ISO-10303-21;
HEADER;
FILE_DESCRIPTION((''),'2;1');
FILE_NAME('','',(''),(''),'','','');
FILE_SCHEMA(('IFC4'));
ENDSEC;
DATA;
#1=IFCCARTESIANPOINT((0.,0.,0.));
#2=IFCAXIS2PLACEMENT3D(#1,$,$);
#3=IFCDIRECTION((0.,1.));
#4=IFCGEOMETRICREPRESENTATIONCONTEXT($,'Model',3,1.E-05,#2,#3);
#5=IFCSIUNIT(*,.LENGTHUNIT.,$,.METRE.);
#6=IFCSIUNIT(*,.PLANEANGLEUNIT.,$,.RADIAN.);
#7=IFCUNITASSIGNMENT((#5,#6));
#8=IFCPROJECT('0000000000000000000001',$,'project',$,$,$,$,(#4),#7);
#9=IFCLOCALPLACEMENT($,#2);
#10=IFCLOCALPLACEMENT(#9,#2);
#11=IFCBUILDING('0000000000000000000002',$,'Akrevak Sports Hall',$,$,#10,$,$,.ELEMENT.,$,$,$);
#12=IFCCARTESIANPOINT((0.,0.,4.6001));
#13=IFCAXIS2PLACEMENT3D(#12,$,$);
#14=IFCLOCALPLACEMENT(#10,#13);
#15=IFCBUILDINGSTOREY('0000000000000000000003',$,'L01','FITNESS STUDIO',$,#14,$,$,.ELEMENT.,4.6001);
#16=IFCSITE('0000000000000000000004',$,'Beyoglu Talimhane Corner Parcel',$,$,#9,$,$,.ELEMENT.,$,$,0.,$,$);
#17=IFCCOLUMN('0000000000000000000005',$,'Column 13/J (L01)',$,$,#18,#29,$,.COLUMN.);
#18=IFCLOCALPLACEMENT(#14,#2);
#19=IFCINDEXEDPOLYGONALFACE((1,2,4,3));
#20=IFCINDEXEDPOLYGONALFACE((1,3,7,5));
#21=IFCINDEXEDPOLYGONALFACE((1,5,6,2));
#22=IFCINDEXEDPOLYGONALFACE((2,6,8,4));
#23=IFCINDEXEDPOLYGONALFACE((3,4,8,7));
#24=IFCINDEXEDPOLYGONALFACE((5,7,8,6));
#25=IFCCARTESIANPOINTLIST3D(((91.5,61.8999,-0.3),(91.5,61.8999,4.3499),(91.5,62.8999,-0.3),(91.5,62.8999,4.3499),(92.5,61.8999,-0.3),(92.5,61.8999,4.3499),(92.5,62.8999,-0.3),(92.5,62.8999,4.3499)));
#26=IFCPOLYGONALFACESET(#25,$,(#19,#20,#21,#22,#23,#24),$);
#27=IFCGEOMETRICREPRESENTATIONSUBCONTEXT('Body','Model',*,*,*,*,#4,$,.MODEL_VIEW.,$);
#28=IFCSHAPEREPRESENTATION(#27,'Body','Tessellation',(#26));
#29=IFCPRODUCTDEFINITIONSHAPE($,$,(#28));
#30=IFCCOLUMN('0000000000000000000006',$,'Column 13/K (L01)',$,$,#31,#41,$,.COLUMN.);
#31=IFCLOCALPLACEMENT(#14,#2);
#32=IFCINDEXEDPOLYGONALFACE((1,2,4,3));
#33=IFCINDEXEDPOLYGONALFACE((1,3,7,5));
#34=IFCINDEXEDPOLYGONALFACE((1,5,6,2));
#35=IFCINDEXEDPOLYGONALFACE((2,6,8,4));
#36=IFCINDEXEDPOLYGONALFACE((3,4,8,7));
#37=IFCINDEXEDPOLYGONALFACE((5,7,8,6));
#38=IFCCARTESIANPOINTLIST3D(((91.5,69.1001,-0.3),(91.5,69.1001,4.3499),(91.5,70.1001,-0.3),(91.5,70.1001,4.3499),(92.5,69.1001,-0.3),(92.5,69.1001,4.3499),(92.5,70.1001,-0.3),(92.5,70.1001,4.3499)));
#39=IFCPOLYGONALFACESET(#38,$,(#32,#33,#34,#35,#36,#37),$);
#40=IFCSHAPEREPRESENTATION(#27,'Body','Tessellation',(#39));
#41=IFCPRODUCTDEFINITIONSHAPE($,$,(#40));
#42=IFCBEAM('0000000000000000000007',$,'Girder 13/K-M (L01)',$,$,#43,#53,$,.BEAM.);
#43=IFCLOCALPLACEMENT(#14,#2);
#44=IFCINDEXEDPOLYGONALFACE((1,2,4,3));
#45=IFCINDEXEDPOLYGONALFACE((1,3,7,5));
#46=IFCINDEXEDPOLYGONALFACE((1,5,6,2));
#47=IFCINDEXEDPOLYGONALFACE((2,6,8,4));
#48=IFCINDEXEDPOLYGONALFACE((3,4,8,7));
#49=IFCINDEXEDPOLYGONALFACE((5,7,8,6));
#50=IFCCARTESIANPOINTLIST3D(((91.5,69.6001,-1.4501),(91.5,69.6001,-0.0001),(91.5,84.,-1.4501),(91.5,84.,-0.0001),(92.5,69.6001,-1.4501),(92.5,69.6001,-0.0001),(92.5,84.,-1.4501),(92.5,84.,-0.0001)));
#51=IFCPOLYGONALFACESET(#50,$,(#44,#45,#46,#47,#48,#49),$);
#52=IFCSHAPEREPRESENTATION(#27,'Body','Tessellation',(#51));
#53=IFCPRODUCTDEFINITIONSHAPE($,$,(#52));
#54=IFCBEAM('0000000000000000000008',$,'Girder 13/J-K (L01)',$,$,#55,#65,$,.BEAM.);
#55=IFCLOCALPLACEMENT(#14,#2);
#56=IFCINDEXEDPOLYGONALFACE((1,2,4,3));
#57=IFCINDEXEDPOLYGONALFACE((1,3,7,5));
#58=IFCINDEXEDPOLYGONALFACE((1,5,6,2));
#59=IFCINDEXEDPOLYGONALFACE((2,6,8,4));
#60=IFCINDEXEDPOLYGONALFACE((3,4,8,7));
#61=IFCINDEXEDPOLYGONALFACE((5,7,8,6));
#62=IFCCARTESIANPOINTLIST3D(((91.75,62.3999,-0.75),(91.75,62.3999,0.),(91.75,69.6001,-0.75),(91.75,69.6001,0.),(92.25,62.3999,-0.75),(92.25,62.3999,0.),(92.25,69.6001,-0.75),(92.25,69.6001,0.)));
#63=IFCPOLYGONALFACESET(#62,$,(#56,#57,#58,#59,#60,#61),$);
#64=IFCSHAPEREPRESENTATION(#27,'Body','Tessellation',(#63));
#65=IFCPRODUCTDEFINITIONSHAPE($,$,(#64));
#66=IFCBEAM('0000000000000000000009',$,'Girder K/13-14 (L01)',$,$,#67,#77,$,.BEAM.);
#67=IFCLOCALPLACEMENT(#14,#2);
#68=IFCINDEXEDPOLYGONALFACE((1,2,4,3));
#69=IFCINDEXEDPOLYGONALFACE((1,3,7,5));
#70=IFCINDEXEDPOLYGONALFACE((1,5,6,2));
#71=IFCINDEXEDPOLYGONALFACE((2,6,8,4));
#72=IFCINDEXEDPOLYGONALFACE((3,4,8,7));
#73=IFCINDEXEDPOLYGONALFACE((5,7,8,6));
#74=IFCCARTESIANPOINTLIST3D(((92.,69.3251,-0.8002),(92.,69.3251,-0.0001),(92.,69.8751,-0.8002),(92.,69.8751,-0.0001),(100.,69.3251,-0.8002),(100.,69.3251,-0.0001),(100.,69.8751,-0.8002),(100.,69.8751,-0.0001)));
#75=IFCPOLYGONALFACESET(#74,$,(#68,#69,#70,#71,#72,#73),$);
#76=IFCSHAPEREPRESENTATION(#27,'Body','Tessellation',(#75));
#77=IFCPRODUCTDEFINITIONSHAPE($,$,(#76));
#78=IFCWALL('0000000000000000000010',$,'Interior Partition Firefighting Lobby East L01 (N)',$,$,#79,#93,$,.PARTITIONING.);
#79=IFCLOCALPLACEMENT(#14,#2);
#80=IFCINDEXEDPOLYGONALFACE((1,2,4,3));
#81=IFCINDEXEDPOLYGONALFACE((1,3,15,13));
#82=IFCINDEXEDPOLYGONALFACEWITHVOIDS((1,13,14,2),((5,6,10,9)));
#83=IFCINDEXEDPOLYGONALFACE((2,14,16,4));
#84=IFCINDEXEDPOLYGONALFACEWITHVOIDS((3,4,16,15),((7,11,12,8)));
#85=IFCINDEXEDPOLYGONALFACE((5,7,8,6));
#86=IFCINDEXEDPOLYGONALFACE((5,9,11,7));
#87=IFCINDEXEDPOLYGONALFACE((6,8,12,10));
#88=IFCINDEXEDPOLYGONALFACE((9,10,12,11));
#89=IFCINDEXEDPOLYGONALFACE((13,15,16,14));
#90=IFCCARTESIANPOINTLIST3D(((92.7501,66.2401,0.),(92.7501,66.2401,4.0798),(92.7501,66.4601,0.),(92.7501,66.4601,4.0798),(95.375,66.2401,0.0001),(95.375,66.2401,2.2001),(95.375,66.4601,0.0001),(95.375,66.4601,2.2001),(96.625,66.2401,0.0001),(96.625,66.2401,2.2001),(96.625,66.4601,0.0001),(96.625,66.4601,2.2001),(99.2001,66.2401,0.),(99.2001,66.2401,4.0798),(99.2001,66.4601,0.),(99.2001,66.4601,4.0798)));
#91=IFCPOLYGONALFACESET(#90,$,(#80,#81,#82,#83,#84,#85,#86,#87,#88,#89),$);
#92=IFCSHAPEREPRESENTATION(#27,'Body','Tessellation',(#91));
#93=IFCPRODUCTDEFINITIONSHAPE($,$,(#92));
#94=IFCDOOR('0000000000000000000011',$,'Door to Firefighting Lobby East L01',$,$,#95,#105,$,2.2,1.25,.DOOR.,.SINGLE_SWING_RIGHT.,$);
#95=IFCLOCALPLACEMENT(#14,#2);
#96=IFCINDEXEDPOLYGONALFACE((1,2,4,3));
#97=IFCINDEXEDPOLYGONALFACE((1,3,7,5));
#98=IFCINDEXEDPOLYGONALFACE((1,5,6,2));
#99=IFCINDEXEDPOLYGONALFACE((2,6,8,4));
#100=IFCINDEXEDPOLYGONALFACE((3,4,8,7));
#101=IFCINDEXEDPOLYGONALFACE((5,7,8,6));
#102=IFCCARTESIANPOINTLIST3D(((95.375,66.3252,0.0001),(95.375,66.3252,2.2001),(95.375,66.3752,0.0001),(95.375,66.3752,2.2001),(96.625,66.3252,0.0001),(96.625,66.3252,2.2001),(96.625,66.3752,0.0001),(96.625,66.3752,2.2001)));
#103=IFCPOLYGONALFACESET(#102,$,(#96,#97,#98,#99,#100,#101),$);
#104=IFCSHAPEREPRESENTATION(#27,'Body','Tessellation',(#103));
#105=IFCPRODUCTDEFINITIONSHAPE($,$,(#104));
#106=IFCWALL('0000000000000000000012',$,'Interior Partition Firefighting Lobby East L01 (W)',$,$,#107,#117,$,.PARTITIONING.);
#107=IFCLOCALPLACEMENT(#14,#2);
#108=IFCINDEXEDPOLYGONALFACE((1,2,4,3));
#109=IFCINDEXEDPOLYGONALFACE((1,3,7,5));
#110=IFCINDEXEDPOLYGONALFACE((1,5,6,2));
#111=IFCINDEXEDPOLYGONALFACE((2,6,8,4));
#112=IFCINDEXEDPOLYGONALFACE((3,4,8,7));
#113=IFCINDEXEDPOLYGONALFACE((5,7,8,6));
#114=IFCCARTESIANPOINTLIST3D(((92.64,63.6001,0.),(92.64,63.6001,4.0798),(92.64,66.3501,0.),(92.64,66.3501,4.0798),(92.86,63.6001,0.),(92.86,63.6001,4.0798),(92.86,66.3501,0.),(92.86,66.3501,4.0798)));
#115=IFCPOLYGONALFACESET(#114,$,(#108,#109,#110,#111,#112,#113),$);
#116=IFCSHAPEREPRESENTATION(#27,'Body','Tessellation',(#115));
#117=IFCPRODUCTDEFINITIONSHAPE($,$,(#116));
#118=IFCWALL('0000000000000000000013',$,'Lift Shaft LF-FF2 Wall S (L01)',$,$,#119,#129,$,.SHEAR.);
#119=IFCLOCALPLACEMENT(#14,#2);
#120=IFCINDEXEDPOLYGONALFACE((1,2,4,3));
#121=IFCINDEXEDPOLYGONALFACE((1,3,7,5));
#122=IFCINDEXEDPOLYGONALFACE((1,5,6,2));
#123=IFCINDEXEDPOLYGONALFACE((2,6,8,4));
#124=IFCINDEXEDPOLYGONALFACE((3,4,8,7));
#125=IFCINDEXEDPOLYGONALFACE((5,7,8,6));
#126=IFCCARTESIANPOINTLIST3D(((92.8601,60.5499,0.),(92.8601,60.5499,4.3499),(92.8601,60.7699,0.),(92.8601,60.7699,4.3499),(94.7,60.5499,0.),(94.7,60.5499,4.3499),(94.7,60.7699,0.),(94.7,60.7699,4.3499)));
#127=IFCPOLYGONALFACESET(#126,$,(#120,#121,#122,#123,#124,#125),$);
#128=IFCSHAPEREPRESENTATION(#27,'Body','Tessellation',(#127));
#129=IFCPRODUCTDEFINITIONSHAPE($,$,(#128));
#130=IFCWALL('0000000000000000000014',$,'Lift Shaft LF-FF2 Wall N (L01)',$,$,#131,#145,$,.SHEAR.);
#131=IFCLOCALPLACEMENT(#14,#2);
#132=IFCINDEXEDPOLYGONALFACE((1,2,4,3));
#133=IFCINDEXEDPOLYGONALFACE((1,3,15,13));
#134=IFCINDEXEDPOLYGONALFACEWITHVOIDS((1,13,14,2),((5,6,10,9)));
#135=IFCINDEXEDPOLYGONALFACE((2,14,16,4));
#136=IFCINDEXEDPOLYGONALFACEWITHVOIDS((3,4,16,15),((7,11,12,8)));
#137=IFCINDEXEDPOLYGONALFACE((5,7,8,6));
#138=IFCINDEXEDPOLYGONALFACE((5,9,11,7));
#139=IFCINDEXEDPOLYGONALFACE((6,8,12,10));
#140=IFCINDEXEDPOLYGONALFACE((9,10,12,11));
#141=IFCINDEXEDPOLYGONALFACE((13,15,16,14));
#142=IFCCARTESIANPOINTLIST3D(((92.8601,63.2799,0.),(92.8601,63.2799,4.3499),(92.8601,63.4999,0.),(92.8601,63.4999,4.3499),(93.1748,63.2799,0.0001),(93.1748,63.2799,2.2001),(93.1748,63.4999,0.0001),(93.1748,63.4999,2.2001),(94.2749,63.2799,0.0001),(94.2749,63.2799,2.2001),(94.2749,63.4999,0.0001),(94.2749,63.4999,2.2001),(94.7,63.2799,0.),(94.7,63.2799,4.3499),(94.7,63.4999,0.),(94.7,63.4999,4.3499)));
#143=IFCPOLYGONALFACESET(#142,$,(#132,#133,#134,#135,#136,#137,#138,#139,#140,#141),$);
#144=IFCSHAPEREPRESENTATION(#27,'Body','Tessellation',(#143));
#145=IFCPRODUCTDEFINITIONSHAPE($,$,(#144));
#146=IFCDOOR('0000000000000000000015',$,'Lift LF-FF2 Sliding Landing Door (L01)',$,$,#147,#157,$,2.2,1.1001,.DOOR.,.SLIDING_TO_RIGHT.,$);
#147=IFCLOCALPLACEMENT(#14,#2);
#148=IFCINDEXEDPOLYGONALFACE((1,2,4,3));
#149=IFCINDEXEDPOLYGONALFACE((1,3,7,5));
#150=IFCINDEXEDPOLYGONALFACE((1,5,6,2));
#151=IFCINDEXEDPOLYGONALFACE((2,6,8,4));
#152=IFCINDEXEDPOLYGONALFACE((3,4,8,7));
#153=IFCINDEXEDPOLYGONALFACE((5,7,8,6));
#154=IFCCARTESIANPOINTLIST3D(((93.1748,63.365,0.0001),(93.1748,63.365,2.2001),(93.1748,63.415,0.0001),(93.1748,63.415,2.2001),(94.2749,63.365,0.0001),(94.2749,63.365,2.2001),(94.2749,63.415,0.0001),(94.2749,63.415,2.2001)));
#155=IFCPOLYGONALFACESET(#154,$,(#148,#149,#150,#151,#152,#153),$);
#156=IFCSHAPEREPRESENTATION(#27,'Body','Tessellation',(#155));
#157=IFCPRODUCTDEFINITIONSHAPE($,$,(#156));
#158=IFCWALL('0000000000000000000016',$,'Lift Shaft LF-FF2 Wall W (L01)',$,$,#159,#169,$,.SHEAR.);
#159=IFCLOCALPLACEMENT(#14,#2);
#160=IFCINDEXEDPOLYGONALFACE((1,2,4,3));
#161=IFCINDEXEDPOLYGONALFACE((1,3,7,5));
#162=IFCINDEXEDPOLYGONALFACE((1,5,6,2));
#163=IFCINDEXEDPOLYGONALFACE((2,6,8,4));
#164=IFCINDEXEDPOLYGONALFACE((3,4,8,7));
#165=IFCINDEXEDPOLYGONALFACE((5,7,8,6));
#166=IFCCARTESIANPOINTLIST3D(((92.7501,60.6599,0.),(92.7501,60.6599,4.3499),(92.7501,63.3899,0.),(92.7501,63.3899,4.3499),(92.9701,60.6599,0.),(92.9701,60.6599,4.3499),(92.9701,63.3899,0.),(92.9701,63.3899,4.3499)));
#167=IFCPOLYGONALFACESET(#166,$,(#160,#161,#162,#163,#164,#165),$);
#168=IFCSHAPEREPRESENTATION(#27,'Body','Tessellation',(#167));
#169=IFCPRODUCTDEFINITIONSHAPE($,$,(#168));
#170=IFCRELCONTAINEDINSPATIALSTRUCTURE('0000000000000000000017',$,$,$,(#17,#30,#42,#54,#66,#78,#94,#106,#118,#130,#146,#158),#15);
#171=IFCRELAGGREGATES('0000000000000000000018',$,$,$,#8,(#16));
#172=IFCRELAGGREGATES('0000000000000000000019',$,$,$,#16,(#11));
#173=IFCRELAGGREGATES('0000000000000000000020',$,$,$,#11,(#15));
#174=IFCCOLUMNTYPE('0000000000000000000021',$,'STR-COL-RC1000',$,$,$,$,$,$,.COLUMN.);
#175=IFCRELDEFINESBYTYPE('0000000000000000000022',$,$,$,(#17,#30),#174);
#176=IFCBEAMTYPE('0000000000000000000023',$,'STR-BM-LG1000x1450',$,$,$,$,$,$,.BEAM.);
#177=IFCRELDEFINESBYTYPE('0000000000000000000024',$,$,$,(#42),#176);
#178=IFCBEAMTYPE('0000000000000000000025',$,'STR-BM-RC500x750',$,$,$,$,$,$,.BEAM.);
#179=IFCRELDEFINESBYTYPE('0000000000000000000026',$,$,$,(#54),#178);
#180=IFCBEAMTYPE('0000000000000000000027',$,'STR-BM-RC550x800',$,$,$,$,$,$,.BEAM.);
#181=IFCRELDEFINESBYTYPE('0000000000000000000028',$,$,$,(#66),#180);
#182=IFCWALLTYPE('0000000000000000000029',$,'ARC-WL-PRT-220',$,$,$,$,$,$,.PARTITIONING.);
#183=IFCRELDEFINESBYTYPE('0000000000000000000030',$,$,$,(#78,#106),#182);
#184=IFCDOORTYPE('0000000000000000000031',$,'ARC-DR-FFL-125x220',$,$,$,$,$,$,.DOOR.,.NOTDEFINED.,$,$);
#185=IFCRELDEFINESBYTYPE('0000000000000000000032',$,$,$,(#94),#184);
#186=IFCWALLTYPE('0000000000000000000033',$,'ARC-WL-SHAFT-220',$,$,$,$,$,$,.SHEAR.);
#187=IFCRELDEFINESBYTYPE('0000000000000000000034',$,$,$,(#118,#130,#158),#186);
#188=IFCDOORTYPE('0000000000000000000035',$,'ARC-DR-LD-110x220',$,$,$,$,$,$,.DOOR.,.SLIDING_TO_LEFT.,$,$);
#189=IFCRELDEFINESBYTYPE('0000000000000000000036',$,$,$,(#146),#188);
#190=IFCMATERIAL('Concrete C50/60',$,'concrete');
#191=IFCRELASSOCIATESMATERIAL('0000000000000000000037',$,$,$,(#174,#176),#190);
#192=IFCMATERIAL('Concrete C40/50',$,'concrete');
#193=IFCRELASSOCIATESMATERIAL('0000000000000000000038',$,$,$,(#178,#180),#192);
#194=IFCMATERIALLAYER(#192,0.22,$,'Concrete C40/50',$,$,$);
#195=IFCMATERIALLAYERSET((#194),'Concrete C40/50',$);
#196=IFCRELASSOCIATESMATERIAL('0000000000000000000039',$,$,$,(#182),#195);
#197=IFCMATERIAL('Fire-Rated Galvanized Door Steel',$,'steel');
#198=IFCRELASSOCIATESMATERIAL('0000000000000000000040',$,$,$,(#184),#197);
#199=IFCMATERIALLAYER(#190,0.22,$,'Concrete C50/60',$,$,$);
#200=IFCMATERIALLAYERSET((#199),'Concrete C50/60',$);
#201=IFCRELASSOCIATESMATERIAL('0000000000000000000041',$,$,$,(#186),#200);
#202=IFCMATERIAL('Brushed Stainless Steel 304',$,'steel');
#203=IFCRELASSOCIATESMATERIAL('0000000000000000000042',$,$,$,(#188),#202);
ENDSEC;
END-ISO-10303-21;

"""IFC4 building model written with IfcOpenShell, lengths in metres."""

from ifc_helpers import new_model, si_unit, direction, frame, frame_2d, origin, origin_2d, place, context, subcontext, project, spatial, rectangle, extrude, material, layer, layer_set, material_profile, profile_set, type_object, element, fill, save


model = new_model("IFC4")

# Units and contexts
model_context = context("Model", 3, precision=1e-05, world=origin(), true_north=direction((0.0, 1.0)))
body_context = subcontext(model_context, "Body", "Model", "MODEL_VIEW")
ifc_project = project(units=[si_unit("LENGTHUNIT", "METRE"), si_unit("PLANEANGLEUNIT", "RADIAN")], contexts=[model_context])

# Site, building, storey
site_placement = place(None, origin())
site = spatial("IfcSite", under=ifc_project, at=site_placement, Name="Beyoglu Talimhane Corner Parcel", CompositionType="ELEMENT", RefElevation=0.0)
building_placement = place(site_placement, origin())
building = spatial("IfcBuilding", under=site, at=building_placement, Name="Akrevak Sports Hall", CompositionType="ELEMENT")
storey_placement = place(building_placement, frame((0.0, 0.0, 4.6001)))
storey = spatial("IfcBuildingStorey", under=building, at=storey_placement, Name="L01", Description="FITNESS STUDIO", CompositionType="ELEMENT", Elevation=4.6001)

# Columns
ifc_material_1 = material(Name="Concrete C50/60", Category="concrete")
ifc_material_profile_1 = material_profile(ifc_material_1, rectangle(XDim=1.0, YDim=1.0, at=origin_2d()), Name="RC 1000x1000", Category="concrete")
ifc_profile_set_1 = profile_set([ifc_material_profile_1], Name="Concrete C50/60")
column_type = type_object("IfcColumnType", Name="STR-COL-RC1000", PredefinedType="COLUMN", material=ifc_profile_set_1)
for number, where, z_axis, x_axis, name in (
    (1, (92.0, 62.3999, -0.3), (0.0, 0.0, 1.0), (1.0, 0.0, 0.0), "Column 13/J (L01)"),
    (2, (92.0, 69.6001, -0.3), (0.0, 0.0, 1.0), (1.0, 0.0, 0.0), "Column 13/K (L01)"),
):
    element("IfcColumn", number, at=place(storey_placement, frame(where, z_axis=z_axis, x_axis=x_axis)), inside=storey, type_object=column_type, Name=name, PredefinedType="COLUMN", context=body_context, shape_type="SweptSolid", body=[
        extrude(rectangle(XDim=1.0, YDim=1.0, at=origin_2d()), origin(), (0.0, 0.0, 1.0), 4.6499),
    ])

# Beams
ifc_material_profile_2 = material_profile(ifc_material_1, rectangle(XDim=1.0, YDim=1.45, at=origin_2d()), Name="BM 1000x1450", Category="concrete")
ifc_profile_set_2 = profile_set([ifc_material_profile_2], Name="Concrete C50/60")
beam_type_1 = type_object("IfcBeamType", Name="STR-BM-LG1000x1450", PredefinedType="BEAM", material=ifc_profile_set_2)
beam_1_placement = place(storey_placement, frame((92.0, 69.6001, -0.7251), z_axis=(0.0, 1.0, 0.0), x_axis=(-1.0, 0.0, 0.0)))
element("IfcBeam", 3, at=beam_1_placement, inside=storey, type_object=beam_type_1, Name="Girder 13/K-M (L01)", PredefinedType="BEAM", context=body_context, shape_type="SweptSolid", body=[
    extrude(rectangle(XDim=1.0, YDim=1.45, at=origin_2d()), origin(), (0.0, 0.0, 1.0), 14.3999),
])
ifc_material_2 = material(Name="Concrete C40/50", Category="concrete")
ifc_material_profile_3 = material_profile(ifc_material_2, rectangle(XDim=0.5, YDim=0.75, at=origin_2d()), Name="BM 500x750", Category="concrete")
ifc_profile_set_3 = profile_set([ifc_material_profile_3], Name="Concrete C40/50")
beam_type_2 = type_object("IfcBeamType", Name="STR-BM-RC500x750", PredefinedType="BEAM", material=ifc_profile_set_3)
beam_2_placement = place(storey_placement, frame((92.0, 62.3999, -0.375), z_axis=(0.0, 1.0, 0.0), x_axis=(-1.0, 0.0, 0.0)))
element("IfcBeam", 4, at=beam_2_placement, inside=storey, type_object=beam_type_2, Name="Girder 13/J-K (L01)", PredefinedType="BEAM", context=body_context, shape_type="SweptSolid", body=[
    extrude(rectangle(XDim=0.5, YDim=0.75, at=origin_2d()), origin(), (0.0, 0.0, 1.0), 7.2002),
])
ifc_material_profile_4 = material_profile(ifc_material_2, rectangle(XDim=0.55, YDim=0.8, at=origin_2d()), Name="BM 550x800", Category="concrete")
ifc_profile_set_4 = profile_set([ifc_material_profile_4], Name="Concrete C40/50")
beam_type_3 = type_object("IfcBeamType", Name="STR-BM-RC550x800", PredefinedType="BEAM", material=ifc_profile_set_4)
beam_3_placement = place(storey_placement, frame((92.0, 69.6001, -0.4001), z_axis=(1.0, 0.0, 0.0), x_axis=(0.0, 1.0, 0.0)))
element("IfcBeam", 5, at=beam_3_placement, inside=storey, type_object=beam_type_3, Name="Girder K/13-14 (L01)", PredefinedType="BEAM", context=body_context, shape_type="SweptSolid", body=[
    extrude(rectangle(XDim=0.55, YDim=0.8, at=origin_2d()), origin(), (0.0, 0.0, 1.0), 8.0),
])

# Wall, opening, door
ifc_layer_1 = layer(ifc_material_2, 0.22, Name="Concrete C40/50")
ifc_layer_set_1 = layer_set([ifc_layer_1], Name="Concrete C40/50")
wall_type_1 = type_object("IfcWallType", Name="ARC-WL-PRT-220", PredefinedType="PARTITIONING", material=ifc_layer_set_1)
wall_1_placement = place(storey_placement, frame((92.75, 66.3501, 0.0), z_axis=(0.0, 0.0, 1.0), x_axis=(1.0, 0.0, 0.0)))
wall_1 = element("IfcWall", 6, at=wall_1_placement, inside=storey, type_object=wall_type_1, Name="Interior Partition Firefighting Lobby East L01 (N)", PredefinedType="PARTITIONING", context=body_context, shape_type="SweptSolid", body=[
    extrude(rectangle(XDim=6.45, YDim=0.22, at=frame_2d((3.2251, 0.0))), origin(), (0.0, 0.0, 1.0), 4.0798),
])
opening_1_placement = place(wall_1_placement, frame((2.625, 0.0, 0.0)))
opening_1 = element("IfcOpeningElement", 7, at=opening_1_placement, cuts=wall_1, PredefinedType="OPENING", context=body_context, shape_type="SweptSolid", body=[
    extrude(rectangle(XDim=1.25, YDim=2.2, at=frame_2d((0.625, 1.1001))), frame((0.0, 0.1221, 0.0), z_axis=(0.0, -1.0, 0.0), x_axis=(1.0, 0.0, 0.0)), (0.0, 0.0, 1.0), 0.2439),
])
ifc_material_3 = material(Name="Fire-Rated Galvanized Door Steel", Category="steel")
door_type_1 = type_object("IfcDoorType", Name="ARC-DR-FFL-125x220", OperationType="NOTDEFINED", PredefinedType="DOOR", material=ifc_material_3)
door_1_placement = place(opening_1_placement, frame((1.25, 0.0, 0.0), z_axis=(0.0, 0.0, 1.0), x_axis=(-1.0, 0.0, 0.0)))
door_1 = element("IfcDoor", 8, at=door_1_placement, inside=storey, type_object=door_type_1, Name="Door to Firefighting Lobby East L01", OperationType="SINGLE_SWING_RIGHT", OverallHeight=2.2, OverallWidth=1.25, PredefinedType="DOOR", context=body_context, shape_type="SweptSolid", body=[
    extrude(rectangle(XDim=1.25, YDim=2.2, at=frame_2d((0.625, 1.1001))), frame((0.0, 0.0249, 0.0), z_axis=(0.0, -1.0, 0.0), x_axis=(1.0, 0.0, 0.0)), (0.0, 0.0, 1.0), 0.05),
])
fill(opening_1, door_1)

# Walls
wall_2_placement = place(storey_placement, frame((92.75, 63.6001, 0.0), z_axis=(0.0, 0.0, 1.0), x_axis=(0.0, 1.0, 0.0)))
element("IfcWall", 9, at=wall_2_placement, inside=storey, type_object=wall_type_1, Name="Interior Partition Firefighting Lobby East L01 (W)", PredefinedType="PARTITIONING", context=body_context, shape_type="SweptSolid", body=[
    extrude(rectangle(XDim=2.75, YDim=0.22, at=frame_2d((1.375, 0.0))), origin(), (0.0, 0.0, 1.0), 4.0798),
])
ifc_layer_2 = layer(ifc_material_1, 0.22, Name="Concrete C50/60")
ifc_layer_set_2 = layer_set([ifc_layer_2], Name="Concrete C50/60")
wall_type_2 = type_object("IfcWallType", Name="ARC-WL-SHAFT-220", PredefinedType="SHEAR", material=ifc_layer_set_2)
wall_3_placement = place(storey_placement, frame((92.8601, 60.6599, 0.0), z_axis=(0.0, 0.0, 1.0), x_axis=(1.0, 0.0, 0.0)))
element("IfcWall", 10, at=wall_3_placement, inside=storey, type_object=wall_type_2, Name="Lift Shaft LF-FF2 Wall S (L01)", PredefinedType="SHEAR", context=body_context, shape_type="SweptSolid", body=[
    extrude(rectangle(XDim=1.8398, YDim=0.22, at=frame_2d((0.9199, 0.0))), origin(), (0.0, 0.0, 1.0), 4.3499),
])

# Wall, opening, door
wall_4_placement = place(storey_placement, frame((94.7, 63.3899, 0.0), z_axis=(0.0, 0.0, 1.0), x_axis=(-1.0, 0.0, 0.0)))
wall_4 = element("IfcWall", 11, at=wall_4_placement, inside=storey, type_object=wall_type_2, Name="Lift Shaft LF-FF2 Wall N (L01)", PredefinedType="SHEAR", context=body_context, shape_type="SweptSolid", body=[
    extrude(rectangle(XDim=1.8398, YDim=0.22, at=frame_2d((0.9199, 0.0))), origin(), (0.0, 0.0, 1.0), 4.3499),
])
opening_2_placement = place(wall_4_placement, frame((0.425, 0.0, 0.0)))
opening_2 = element("IfcOpeningElement", 12, at=opening_2_placement, cuts=wall_4, PredefinedType="OPENING", context=body_context, shape_type="SweptSolid", body=[
    extrude(rectangle(XDim=1.1001, YDim=2.2, at=frame_2d((0.55, 1.1001))), frame((0.0, 0.1221, 0.0), z_axis=(0.0, -1.0, 0.0), x_axis=(1.0, 0.0, 0.0)), (0.0, 0.0, 1.0), 0.2439),
])
ifc_material_4 = material(Name="Brushed Stainless Steel 304", Category="steel")
door_type_2 = type_object("IfcDoorType", Name="ARC-DR-LD-110x220", OperationType="SLIDING_TO_LEFT", PredefinedType="DOOR", material=ifc_material_4)
door_2_placement = place(opening_2_placement, origin())
door_2 = element("IfcDoor", 13, at=door_2_placement, inside=storey, type_object=door_type_2, Name="Lift LF-FF2 Sliding Landing Door (L01)", OperationType="SLIDING_TO_RIGHT", OverallHeight=2.2, OverallWidth=1.1001, PredefinedType="DOOR", context=body_context, shape_type="SweptSolid", body=[
    extrude(rectangle(XDim=1.1001, YDim=2.2, at=frame_2d((0.55, 1.1001))), frame((0.0, 0.0249, 0.0), z_axis=(0.0, -1.0, 0.0), x_axis=(1.0, 0.0, 0.0)), (0.0, 0.0, 1.0), 0.05),
])
fill(opening_2, door_2)

# Wall
wall_5_placement = place(storey_placement, frame((92.8601, 63.3899, 0.0), z_axis=(0.0, 0.0, 1.0), x_axis=(0.0, -1.0, 0.0)))
element("IfcWall", 14, at=wall_5_placement, inside=storey, type_object=wall_type_2, Name="Lift Shaft LF-FF2 Wall W (L01)", PredefinedType="SHEAR", context=body_context, shape_type="SweptSolid", body=[
    extrude(rectangle(XDim=2.73, YDim=0.22, at=frame_2d((1.365, 0.0))), origin(), (0.0, 0.0, 1.0), 4.3499),
])

save(model, "model.ifc")
